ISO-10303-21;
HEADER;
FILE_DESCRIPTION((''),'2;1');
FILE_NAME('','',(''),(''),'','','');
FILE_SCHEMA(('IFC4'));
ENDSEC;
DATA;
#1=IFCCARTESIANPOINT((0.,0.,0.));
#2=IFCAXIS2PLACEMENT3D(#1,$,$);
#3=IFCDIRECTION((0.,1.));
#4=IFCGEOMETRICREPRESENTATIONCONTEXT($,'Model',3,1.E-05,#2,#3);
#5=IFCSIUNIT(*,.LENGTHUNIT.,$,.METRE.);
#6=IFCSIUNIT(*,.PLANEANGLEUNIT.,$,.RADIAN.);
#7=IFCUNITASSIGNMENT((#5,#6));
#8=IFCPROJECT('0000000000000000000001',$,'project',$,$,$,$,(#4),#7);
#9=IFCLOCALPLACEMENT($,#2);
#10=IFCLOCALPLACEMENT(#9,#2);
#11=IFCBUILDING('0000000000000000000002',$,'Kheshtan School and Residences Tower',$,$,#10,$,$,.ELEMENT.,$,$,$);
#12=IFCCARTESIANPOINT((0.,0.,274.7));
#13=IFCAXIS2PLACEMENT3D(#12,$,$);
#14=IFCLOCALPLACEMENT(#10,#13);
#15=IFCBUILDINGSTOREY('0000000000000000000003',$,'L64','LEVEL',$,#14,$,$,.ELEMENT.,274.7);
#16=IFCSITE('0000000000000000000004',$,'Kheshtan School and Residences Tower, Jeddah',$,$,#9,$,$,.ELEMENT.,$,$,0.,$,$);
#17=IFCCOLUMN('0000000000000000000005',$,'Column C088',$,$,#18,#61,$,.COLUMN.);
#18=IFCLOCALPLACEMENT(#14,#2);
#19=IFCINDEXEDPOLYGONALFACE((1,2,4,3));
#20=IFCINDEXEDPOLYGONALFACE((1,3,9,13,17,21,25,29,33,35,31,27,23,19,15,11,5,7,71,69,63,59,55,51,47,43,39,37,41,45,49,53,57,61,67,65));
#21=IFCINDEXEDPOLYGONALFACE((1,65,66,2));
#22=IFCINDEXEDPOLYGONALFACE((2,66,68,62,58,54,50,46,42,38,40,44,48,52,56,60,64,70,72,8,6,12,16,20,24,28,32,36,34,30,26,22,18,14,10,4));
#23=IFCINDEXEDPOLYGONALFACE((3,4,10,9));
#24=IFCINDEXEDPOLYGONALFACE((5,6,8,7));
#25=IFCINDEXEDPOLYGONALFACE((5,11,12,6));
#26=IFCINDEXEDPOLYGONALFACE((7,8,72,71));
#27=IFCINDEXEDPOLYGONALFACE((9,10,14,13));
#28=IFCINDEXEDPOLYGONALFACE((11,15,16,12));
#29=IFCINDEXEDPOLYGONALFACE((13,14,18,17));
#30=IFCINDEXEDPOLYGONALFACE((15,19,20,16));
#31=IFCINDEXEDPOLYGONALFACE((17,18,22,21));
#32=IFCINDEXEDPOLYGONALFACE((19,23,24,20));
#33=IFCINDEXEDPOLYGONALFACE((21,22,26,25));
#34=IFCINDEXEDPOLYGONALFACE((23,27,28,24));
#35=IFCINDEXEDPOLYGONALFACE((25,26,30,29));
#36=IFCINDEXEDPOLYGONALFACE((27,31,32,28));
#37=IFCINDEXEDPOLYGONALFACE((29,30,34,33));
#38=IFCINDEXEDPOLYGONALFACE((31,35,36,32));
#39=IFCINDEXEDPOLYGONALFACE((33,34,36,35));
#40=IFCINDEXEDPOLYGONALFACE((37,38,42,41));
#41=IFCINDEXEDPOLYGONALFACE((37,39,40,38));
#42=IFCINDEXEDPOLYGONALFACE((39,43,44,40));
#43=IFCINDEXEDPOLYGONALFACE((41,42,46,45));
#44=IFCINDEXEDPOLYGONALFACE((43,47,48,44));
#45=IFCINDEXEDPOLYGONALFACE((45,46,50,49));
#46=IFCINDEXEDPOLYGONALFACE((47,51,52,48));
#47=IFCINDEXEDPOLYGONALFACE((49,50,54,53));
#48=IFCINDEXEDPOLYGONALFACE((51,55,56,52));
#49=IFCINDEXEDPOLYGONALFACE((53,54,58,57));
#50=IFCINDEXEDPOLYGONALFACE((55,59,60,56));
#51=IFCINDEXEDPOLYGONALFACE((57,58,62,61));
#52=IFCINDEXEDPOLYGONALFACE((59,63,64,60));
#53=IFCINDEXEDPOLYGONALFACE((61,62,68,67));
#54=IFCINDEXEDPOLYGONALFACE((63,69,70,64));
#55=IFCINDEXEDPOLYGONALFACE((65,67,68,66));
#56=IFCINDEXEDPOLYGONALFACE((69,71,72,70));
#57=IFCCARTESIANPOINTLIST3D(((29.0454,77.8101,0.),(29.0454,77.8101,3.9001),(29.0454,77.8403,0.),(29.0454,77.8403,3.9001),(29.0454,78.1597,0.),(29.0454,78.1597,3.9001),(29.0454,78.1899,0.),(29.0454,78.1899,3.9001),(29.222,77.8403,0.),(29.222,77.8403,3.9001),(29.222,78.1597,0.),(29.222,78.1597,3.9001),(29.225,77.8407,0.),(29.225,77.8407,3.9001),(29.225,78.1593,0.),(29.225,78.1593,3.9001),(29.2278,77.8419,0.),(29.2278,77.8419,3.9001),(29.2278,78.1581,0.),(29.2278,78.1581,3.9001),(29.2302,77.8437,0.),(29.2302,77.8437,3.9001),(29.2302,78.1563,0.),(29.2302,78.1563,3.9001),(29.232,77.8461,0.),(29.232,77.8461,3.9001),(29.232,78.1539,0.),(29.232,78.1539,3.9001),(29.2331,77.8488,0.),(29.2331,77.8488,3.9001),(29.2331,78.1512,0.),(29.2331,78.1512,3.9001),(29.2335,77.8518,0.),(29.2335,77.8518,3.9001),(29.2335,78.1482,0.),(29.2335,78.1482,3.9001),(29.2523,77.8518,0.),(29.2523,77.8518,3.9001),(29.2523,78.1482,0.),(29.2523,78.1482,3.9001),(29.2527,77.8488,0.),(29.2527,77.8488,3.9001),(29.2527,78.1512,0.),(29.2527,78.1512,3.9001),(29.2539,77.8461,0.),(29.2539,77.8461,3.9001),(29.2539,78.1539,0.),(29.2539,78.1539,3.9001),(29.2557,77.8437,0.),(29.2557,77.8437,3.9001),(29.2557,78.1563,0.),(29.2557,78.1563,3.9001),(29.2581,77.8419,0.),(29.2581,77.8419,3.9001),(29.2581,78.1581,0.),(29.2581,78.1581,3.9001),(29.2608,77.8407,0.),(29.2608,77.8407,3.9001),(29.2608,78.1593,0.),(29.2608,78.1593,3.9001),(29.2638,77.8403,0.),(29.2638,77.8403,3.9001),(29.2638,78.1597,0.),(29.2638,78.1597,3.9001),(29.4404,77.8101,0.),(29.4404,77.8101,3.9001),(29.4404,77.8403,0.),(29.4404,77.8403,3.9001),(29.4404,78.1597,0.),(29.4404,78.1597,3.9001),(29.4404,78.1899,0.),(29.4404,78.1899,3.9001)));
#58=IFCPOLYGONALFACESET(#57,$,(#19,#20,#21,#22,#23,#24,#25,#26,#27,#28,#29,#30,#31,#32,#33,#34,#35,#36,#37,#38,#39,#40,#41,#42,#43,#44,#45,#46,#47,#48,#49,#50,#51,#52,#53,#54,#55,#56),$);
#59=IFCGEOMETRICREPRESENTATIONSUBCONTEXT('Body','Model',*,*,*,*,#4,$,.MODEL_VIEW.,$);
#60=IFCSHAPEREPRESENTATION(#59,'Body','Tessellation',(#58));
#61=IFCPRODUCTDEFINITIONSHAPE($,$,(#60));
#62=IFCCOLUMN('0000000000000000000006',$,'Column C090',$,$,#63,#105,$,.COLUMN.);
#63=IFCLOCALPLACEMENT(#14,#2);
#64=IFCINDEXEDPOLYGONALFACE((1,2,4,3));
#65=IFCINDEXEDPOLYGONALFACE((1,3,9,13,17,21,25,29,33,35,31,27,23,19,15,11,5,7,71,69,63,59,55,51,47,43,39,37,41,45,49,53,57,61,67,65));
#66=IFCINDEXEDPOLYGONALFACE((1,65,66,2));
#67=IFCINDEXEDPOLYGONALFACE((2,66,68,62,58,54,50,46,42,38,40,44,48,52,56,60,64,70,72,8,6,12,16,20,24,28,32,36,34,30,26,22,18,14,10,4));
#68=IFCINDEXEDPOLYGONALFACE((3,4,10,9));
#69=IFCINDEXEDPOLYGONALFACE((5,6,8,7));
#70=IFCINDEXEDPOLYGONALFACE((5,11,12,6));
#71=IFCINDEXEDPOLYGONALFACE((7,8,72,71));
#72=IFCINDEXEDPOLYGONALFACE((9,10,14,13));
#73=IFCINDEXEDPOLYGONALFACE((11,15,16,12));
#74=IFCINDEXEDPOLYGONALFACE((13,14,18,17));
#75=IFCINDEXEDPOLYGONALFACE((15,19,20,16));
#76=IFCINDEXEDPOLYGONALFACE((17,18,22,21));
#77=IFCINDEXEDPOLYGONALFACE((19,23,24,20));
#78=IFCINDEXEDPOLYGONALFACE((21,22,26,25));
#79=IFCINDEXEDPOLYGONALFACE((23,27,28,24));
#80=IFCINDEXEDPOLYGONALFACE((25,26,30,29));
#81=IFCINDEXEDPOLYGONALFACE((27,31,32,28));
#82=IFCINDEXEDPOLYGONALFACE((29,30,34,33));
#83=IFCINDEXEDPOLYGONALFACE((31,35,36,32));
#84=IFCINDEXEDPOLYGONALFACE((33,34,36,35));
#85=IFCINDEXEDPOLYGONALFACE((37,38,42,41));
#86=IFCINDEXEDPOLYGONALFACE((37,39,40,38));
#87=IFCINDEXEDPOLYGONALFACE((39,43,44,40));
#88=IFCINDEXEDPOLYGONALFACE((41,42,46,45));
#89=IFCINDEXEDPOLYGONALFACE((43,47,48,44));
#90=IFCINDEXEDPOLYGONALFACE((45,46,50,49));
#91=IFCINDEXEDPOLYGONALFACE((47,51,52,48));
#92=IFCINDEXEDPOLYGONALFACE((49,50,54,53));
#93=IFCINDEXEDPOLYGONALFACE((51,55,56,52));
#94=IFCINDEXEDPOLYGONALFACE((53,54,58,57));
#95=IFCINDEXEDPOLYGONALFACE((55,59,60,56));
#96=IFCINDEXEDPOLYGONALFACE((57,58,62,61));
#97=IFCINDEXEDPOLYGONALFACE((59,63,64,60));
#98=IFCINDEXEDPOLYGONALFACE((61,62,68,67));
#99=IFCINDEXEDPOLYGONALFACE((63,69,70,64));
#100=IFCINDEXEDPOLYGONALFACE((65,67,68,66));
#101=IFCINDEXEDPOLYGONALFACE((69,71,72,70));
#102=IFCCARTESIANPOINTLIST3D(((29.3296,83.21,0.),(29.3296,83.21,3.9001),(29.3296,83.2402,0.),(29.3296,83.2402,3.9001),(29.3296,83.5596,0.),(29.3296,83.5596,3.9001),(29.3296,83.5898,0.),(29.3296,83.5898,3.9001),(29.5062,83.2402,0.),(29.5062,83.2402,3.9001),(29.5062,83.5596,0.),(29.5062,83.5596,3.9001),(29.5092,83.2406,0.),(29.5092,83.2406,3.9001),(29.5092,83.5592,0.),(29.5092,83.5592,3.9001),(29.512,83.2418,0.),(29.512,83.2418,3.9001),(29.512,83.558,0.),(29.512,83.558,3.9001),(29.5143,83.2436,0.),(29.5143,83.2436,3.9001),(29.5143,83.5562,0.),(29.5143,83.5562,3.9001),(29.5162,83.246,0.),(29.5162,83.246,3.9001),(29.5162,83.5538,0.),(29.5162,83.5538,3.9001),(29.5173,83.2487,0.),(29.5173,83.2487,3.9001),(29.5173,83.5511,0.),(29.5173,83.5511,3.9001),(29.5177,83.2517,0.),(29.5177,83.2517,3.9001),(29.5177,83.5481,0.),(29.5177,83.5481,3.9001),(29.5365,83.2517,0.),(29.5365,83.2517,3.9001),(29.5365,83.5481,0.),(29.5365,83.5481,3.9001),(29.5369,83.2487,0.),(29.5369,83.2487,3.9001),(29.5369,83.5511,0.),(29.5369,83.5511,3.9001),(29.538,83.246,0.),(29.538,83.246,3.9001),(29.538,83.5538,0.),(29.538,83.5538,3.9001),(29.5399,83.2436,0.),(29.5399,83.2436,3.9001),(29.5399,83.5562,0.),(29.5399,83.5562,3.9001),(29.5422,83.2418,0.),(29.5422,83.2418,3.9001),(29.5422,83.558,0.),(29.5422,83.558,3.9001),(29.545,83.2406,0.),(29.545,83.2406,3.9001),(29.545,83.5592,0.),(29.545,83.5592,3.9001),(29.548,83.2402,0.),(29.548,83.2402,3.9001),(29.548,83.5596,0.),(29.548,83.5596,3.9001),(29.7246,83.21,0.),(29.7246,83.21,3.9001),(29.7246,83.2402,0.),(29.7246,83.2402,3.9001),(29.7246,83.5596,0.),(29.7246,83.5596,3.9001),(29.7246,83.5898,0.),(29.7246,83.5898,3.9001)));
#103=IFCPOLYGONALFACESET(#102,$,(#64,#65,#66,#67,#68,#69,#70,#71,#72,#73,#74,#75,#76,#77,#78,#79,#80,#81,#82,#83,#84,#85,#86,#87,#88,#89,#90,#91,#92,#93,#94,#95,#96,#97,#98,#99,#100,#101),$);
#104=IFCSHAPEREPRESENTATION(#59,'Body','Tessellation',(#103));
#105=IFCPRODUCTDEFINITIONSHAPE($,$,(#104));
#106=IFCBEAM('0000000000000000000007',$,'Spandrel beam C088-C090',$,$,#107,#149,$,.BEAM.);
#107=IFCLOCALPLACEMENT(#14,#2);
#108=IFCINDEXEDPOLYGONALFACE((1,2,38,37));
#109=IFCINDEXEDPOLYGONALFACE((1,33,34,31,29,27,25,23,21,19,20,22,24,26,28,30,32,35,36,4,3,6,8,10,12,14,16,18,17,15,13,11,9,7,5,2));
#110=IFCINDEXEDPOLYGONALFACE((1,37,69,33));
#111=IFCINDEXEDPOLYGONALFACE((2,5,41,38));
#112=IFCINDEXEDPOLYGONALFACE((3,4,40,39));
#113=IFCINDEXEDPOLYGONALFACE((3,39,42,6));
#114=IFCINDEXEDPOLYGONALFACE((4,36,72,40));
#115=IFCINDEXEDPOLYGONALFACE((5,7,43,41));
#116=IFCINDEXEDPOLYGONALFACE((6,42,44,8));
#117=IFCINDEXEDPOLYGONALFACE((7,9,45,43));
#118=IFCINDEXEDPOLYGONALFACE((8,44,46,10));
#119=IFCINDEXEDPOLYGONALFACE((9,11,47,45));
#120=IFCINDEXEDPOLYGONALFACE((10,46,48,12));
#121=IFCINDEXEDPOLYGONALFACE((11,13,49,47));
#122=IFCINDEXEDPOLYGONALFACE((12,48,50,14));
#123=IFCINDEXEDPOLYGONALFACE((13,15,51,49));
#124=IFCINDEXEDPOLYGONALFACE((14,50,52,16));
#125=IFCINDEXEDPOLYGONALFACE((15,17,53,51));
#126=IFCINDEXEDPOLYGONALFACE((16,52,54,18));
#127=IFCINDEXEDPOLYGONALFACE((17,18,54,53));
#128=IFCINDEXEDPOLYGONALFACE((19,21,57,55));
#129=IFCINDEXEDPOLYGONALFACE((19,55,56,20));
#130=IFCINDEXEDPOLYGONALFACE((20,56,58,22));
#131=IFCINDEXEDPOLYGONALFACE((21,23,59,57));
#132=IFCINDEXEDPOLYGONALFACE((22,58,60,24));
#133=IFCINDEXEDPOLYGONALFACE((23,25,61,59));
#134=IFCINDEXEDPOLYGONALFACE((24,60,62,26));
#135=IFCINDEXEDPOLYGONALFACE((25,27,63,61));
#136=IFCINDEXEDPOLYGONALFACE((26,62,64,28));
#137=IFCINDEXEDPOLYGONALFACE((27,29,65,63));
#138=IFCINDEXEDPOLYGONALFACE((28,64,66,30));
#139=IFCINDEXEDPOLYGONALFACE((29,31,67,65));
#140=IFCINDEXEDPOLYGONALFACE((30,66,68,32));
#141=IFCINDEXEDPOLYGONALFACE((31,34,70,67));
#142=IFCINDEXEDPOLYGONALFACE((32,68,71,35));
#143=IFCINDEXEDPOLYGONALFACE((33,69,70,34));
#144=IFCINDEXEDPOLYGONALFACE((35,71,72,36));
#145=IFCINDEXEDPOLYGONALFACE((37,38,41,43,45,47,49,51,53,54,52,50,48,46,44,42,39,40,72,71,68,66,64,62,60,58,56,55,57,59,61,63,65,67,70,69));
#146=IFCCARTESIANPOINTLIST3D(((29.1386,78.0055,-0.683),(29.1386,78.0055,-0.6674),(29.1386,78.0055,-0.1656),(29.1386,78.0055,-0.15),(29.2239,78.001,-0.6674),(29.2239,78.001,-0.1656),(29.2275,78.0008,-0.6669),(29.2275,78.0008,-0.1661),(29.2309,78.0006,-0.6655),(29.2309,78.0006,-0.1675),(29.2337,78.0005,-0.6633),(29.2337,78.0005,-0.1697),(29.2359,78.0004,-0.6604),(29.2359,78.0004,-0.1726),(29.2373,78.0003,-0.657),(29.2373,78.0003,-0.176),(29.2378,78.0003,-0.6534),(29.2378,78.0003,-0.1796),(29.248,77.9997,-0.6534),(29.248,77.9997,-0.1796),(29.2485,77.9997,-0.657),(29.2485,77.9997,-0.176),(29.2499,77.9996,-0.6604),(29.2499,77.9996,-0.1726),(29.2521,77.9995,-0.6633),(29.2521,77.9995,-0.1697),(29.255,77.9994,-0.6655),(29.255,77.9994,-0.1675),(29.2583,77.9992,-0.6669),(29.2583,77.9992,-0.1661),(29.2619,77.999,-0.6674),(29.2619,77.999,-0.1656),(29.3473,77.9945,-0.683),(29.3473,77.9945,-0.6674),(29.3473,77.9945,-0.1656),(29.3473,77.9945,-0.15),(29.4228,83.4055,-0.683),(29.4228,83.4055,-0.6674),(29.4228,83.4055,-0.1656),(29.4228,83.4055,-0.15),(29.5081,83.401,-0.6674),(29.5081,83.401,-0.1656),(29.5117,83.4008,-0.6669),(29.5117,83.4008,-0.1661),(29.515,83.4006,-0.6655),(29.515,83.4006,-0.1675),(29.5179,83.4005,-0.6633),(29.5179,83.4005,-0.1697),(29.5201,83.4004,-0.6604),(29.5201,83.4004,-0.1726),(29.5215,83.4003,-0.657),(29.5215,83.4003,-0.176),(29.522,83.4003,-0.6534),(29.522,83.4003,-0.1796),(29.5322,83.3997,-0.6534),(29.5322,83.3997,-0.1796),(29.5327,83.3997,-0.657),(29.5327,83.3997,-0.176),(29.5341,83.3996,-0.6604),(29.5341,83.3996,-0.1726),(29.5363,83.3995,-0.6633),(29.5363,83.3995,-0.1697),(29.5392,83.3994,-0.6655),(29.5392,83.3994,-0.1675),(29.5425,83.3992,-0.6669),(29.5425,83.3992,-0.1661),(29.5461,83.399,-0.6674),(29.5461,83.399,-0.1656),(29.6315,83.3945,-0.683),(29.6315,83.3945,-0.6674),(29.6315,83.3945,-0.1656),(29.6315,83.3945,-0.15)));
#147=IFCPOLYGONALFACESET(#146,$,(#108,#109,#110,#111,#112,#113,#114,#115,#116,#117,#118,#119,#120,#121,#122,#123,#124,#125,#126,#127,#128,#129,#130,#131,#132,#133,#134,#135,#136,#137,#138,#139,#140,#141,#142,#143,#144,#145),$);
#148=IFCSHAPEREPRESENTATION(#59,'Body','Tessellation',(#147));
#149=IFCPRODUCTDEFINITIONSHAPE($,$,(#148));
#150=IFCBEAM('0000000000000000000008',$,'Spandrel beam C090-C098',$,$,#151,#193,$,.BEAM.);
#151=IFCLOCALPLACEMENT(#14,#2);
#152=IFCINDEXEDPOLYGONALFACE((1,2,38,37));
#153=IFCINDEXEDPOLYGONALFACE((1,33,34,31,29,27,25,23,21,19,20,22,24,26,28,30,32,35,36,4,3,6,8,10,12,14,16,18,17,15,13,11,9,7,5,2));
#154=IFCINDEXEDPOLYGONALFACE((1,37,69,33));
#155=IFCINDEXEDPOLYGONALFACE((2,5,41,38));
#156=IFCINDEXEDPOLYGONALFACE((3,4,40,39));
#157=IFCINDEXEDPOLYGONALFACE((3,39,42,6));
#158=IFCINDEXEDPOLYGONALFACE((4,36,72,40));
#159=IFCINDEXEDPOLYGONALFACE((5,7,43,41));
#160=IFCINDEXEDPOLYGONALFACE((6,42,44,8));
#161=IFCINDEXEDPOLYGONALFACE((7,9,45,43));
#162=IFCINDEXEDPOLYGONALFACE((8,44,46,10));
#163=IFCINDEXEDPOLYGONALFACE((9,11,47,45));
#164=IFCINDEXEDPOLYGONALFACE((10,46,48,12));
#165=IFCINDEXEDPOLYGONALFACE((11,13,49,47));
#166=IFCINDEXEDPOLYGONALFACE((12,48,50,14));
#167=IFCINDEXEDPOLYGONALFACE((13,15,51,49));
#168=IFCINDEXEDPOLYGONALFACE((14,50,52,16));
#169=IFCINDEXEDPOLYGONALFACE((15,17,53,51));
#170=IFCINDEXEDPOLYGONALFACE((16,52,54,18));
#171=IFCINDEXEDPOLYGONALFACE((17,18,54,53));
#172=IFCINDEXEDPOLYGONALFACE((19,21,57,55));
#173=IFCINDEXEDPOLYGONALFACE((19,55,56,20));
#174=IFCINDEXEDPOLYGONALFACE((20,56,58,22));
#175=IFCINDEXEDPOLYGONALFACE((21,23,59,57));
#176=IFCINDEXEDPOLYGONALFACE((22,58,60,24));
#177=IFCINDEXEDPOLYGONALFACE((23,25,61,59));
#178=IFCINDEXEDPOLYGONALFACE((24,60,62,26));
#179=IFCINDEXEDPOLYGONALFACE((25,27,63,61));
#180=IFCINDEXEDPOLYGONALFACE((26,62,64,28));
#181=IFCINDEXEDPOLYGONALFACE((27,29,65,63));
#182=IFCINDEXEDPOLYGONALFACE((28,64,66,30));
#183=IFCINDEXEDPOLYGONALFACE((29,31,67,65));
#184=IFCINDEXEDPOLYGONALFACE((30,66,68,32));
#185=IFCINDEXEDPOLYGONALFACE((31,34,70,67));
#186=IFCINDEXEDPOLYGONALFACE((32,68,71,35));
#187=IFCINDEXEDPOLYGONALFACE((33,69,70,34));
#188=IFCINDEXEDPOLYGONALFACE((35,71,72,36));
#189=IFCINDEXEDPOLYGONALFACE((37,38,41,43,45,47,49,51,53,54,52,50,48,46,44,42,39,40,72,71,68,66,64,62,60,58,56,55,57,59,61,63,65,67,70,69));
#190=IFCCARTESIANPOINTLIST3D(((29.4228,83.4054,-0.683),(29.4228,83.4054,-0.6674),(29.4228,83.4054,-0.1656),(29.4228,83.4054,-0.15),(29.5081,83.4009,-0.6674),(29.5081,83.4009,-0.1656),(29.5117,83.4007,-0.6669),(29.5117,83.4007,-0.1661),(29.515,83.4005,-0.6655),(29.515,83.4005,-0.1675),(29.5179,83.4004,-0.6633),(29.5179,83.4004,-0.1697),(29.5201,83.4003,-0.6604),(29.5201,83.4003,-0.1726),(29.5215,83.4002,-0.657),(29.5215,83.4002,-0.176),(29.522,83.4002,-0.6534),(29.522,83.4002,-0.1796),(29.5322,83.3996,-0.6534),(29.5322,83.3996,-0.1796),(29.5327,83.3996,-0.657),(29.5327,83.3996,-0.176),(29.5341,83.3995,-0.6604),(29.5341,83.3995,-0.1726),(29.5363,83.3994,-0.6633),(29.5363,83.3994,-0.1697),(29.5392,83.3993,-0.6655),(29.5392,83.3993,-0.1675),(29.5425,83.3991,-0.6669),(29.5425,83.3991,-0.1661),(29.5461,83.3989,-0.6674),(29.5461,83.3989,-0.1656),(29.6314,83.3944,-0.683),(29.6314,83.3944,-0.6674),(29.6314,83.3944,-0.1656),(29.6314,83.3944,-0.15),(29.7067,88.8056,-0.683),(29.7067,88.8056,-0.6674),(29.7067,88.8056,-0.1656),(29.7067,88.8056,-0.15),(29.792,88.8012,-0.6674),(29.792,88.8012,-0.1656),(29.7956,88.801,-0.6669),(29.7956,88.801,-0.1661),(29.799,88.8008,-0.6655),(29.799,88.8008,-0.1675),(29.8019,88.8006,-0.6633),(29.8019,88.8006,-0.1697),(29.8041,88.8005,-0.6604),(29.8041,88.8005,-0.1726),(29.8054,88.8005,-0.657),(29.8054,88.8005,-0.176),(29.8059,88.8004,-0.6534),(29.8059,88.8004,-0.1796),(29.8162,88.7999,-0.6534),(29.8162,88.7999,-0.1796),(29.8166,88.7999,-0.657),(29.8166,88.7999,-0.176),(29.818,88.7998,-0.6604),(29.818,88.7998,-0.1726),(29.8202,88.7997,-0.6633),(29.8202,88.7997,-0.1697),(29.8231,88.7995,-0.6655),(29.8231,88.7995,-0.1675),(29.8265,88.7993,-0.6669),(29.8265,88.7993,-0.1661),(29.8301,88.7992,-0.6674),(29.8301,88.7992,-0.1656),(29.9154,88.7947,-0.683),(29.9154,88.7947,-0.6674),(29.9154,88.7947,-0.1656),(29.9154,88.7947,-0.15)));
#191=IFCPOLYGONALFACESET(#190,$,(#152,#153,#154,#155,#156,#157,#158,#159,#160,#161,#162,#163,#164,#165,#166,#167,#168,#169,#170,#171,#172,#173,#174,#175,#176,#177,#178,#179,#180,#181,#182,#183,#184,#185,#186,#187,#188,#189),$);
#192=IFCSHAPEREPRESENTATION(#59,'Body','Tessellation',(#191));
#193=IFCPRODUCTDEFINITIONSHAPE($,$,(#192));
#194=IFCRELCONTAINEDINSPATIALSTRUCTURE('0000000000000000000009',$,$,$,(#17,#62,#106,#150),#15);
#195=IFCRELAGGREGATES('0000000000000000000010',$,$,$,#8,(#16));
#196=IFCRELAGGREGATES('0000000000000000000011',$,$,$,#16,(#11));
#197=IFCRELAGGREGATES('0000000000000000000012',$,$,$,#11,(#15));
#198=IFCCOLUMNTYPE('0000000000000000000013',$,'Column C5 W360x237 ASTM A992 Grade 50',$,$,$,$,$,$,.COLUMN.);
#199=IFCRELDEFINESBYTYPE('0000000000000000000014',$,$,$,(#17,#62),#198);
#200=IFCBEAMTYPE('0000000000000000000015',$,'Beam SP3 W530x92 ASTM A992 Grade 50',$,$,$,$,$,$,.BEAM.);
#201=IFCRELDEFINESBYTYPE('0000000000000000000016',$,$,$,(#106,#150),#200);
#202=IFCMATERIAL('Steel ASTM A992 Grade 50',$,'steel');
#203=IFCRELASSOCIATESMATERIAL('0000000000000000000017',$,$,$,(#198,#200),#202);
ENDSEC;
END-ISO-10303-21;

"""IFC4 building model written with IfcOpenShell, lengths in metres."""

from ifc_helpers import new_model, si_unit, direction, frame, origin, origin_2d, place, context, subcontext, project, spatial, i_section, extrude, material, material_profile, profile_set, type_object, element, save


model = new_model("IFC4")

# Units and contexts
model_context = context("Model", 3, precision=1e-05, world=origin(), true_north=direction((0.0, 1.0)))
body_context = subcontext(model_context, "Body", "Model", "MODEL_VIEW")
ifc_project = project(units=[si_unit("LENGTHUNIT", "METRE"), si_unit("PLANEANGLEUNIT", "RADIAN")], contexts=[model_context])

# Site, building, storey
site_placement = place(None, origin())
site = spatial("IfcSite", under=ifc_project, at=site_placement, Name="Kheshtan School and Residences Tower, Jeddah", CompositionType="ELEMENT", RefElevation=0.0)
building_placement = place(site_placement, origin())
building = spatial("IfcBuilding", under=site, at=building_placement, Name="Kheshtan School and Residences Tower", CompositionType="ELEMENT")
storey_placement = place(building_placement, frame((0.0, 0.0, 274.7)))
storey = spatial("IfcBuildingStorey", under=building, at=storey_placement, Name="L64", Description="LEVEL", CompositionType="ELEMENT", Elevation=274.7)

# Columns
ifc_material_1 = material(Name="Steel ASTM A992 Grade 50", Category="steel")
ifc_material_profile_1 = material_profile(ifc_material_1, i_section(OverallWidth=0.395, OverallDepth=0.3799, WebThickness=0.0188, FlangeThickness=0.0303, FilletRadius=0.0115, at=origin_2d()), Name="W360x237")
ifc_profile_set_1 = profile_set([ifc_material_profile_1], Name="Steel ASTM A992 Grade 50")
column_type = type_object("IfcColumnType", Name="Column C5 W360x237 ASTM A992 Grade 50", PredefinedType="COLUMN", material=ifc_profile_set_1)
for number, where, z_axis, x_axis, name in (
    (1, (29.2429, 78.0, 0.0), (0.0, 0.0, 1.0), (1.0, 0.0, 0.0), "Column C088"),
    (2, (29.5271, 83.3999, 0.0), (0.0, 0.0, 1.0), (1.0, 0.0, 0.0), "Column C090"),
):
    element("IfcColumn", number, at=place(storey_placement, frame(where, z_axis=z_axis, x_axis=x_axis)), inside=storey, type_object=column_type, Name=name, PredefinedType="COLUMN", context=body_context, shape_type="SweptSolid", body=[
        extrude(i_section(OverallWidth=0.395, OverallDepth=0.3799, WebThickness=0.0188, FlangeThickness=0.0303, FilletRadius=0.0115, at=origin_2d()), origin(), (0.0, 0.0, 1.0), 3.9001),
    ])

# Beams
ifc_material_profile_2 = material_profile(ifc_material_1, i_section(OverallWidth=0.209, OverallDepth=0.533, WebThickness=0.0103, FlangeThickness=0.0156, FilletRadius=0.0139, at=origin_2d()), Name="W530x92")
ifc_profile_set_2 = profile_set([ifc_material_profile_2], Name="Steel ASTM A992 Grade 50")
beam_type = type_object("IfcBeamType", Name="Beam SP3 W530x92 ASTM A992 Grade 50", PredefinedType="BEAM", material=ifc_profile_set_2)
beam_1_placement = place(storey_placement, frame((29.2429, 78.0, -0.4165), z_axis=(0.052554, 0.998618, 0.0), x_axis=(-0.998618, 0.052554, 0.0)))
element("IfcBeam", 3, at=beam_1_placement, inside=storey, type_object=beam_type, Name="Spandrel beam C088-C090", PredefinedType="BEAM", context=body_context, shape_type="SweptSolid", body=[
    extrude(i_section(OverallWidth=0.209, OverallDepth=0.533, WebThickness=0.0103, FlangeThickness=0.0156, FilletRadius=0.0139, at=origin_2d()), origin(), (0.0, 0.0, 1.0), 5.4075),
])
beam_2_placement = place(storey_placement, frame((29.5271, 83.3999, -0.4165), z_axis=(0.052507, 0.998621, 0.0), x_axis=(-0.998621, 0.052507, 0.0)))
element("IfcBeam", 4, at=beam_2_placement, inside=storey, type_object=beam_type, Name="Spandrel beam C090-C098", PredefinedType="BEAM", context=body_context, shape_type="SweptSolid", body=[
    extrude(i_section(OverallWidth=0.209, OverallDepth=0.533, WebThickness=0.0103, FlangeThickness=0.0156, FilletRadius=0.0139, at=origin_2d()), origin(), (0.0, 0.0, 1.0), 5.4077),
])

save(model, "model.ifc")
